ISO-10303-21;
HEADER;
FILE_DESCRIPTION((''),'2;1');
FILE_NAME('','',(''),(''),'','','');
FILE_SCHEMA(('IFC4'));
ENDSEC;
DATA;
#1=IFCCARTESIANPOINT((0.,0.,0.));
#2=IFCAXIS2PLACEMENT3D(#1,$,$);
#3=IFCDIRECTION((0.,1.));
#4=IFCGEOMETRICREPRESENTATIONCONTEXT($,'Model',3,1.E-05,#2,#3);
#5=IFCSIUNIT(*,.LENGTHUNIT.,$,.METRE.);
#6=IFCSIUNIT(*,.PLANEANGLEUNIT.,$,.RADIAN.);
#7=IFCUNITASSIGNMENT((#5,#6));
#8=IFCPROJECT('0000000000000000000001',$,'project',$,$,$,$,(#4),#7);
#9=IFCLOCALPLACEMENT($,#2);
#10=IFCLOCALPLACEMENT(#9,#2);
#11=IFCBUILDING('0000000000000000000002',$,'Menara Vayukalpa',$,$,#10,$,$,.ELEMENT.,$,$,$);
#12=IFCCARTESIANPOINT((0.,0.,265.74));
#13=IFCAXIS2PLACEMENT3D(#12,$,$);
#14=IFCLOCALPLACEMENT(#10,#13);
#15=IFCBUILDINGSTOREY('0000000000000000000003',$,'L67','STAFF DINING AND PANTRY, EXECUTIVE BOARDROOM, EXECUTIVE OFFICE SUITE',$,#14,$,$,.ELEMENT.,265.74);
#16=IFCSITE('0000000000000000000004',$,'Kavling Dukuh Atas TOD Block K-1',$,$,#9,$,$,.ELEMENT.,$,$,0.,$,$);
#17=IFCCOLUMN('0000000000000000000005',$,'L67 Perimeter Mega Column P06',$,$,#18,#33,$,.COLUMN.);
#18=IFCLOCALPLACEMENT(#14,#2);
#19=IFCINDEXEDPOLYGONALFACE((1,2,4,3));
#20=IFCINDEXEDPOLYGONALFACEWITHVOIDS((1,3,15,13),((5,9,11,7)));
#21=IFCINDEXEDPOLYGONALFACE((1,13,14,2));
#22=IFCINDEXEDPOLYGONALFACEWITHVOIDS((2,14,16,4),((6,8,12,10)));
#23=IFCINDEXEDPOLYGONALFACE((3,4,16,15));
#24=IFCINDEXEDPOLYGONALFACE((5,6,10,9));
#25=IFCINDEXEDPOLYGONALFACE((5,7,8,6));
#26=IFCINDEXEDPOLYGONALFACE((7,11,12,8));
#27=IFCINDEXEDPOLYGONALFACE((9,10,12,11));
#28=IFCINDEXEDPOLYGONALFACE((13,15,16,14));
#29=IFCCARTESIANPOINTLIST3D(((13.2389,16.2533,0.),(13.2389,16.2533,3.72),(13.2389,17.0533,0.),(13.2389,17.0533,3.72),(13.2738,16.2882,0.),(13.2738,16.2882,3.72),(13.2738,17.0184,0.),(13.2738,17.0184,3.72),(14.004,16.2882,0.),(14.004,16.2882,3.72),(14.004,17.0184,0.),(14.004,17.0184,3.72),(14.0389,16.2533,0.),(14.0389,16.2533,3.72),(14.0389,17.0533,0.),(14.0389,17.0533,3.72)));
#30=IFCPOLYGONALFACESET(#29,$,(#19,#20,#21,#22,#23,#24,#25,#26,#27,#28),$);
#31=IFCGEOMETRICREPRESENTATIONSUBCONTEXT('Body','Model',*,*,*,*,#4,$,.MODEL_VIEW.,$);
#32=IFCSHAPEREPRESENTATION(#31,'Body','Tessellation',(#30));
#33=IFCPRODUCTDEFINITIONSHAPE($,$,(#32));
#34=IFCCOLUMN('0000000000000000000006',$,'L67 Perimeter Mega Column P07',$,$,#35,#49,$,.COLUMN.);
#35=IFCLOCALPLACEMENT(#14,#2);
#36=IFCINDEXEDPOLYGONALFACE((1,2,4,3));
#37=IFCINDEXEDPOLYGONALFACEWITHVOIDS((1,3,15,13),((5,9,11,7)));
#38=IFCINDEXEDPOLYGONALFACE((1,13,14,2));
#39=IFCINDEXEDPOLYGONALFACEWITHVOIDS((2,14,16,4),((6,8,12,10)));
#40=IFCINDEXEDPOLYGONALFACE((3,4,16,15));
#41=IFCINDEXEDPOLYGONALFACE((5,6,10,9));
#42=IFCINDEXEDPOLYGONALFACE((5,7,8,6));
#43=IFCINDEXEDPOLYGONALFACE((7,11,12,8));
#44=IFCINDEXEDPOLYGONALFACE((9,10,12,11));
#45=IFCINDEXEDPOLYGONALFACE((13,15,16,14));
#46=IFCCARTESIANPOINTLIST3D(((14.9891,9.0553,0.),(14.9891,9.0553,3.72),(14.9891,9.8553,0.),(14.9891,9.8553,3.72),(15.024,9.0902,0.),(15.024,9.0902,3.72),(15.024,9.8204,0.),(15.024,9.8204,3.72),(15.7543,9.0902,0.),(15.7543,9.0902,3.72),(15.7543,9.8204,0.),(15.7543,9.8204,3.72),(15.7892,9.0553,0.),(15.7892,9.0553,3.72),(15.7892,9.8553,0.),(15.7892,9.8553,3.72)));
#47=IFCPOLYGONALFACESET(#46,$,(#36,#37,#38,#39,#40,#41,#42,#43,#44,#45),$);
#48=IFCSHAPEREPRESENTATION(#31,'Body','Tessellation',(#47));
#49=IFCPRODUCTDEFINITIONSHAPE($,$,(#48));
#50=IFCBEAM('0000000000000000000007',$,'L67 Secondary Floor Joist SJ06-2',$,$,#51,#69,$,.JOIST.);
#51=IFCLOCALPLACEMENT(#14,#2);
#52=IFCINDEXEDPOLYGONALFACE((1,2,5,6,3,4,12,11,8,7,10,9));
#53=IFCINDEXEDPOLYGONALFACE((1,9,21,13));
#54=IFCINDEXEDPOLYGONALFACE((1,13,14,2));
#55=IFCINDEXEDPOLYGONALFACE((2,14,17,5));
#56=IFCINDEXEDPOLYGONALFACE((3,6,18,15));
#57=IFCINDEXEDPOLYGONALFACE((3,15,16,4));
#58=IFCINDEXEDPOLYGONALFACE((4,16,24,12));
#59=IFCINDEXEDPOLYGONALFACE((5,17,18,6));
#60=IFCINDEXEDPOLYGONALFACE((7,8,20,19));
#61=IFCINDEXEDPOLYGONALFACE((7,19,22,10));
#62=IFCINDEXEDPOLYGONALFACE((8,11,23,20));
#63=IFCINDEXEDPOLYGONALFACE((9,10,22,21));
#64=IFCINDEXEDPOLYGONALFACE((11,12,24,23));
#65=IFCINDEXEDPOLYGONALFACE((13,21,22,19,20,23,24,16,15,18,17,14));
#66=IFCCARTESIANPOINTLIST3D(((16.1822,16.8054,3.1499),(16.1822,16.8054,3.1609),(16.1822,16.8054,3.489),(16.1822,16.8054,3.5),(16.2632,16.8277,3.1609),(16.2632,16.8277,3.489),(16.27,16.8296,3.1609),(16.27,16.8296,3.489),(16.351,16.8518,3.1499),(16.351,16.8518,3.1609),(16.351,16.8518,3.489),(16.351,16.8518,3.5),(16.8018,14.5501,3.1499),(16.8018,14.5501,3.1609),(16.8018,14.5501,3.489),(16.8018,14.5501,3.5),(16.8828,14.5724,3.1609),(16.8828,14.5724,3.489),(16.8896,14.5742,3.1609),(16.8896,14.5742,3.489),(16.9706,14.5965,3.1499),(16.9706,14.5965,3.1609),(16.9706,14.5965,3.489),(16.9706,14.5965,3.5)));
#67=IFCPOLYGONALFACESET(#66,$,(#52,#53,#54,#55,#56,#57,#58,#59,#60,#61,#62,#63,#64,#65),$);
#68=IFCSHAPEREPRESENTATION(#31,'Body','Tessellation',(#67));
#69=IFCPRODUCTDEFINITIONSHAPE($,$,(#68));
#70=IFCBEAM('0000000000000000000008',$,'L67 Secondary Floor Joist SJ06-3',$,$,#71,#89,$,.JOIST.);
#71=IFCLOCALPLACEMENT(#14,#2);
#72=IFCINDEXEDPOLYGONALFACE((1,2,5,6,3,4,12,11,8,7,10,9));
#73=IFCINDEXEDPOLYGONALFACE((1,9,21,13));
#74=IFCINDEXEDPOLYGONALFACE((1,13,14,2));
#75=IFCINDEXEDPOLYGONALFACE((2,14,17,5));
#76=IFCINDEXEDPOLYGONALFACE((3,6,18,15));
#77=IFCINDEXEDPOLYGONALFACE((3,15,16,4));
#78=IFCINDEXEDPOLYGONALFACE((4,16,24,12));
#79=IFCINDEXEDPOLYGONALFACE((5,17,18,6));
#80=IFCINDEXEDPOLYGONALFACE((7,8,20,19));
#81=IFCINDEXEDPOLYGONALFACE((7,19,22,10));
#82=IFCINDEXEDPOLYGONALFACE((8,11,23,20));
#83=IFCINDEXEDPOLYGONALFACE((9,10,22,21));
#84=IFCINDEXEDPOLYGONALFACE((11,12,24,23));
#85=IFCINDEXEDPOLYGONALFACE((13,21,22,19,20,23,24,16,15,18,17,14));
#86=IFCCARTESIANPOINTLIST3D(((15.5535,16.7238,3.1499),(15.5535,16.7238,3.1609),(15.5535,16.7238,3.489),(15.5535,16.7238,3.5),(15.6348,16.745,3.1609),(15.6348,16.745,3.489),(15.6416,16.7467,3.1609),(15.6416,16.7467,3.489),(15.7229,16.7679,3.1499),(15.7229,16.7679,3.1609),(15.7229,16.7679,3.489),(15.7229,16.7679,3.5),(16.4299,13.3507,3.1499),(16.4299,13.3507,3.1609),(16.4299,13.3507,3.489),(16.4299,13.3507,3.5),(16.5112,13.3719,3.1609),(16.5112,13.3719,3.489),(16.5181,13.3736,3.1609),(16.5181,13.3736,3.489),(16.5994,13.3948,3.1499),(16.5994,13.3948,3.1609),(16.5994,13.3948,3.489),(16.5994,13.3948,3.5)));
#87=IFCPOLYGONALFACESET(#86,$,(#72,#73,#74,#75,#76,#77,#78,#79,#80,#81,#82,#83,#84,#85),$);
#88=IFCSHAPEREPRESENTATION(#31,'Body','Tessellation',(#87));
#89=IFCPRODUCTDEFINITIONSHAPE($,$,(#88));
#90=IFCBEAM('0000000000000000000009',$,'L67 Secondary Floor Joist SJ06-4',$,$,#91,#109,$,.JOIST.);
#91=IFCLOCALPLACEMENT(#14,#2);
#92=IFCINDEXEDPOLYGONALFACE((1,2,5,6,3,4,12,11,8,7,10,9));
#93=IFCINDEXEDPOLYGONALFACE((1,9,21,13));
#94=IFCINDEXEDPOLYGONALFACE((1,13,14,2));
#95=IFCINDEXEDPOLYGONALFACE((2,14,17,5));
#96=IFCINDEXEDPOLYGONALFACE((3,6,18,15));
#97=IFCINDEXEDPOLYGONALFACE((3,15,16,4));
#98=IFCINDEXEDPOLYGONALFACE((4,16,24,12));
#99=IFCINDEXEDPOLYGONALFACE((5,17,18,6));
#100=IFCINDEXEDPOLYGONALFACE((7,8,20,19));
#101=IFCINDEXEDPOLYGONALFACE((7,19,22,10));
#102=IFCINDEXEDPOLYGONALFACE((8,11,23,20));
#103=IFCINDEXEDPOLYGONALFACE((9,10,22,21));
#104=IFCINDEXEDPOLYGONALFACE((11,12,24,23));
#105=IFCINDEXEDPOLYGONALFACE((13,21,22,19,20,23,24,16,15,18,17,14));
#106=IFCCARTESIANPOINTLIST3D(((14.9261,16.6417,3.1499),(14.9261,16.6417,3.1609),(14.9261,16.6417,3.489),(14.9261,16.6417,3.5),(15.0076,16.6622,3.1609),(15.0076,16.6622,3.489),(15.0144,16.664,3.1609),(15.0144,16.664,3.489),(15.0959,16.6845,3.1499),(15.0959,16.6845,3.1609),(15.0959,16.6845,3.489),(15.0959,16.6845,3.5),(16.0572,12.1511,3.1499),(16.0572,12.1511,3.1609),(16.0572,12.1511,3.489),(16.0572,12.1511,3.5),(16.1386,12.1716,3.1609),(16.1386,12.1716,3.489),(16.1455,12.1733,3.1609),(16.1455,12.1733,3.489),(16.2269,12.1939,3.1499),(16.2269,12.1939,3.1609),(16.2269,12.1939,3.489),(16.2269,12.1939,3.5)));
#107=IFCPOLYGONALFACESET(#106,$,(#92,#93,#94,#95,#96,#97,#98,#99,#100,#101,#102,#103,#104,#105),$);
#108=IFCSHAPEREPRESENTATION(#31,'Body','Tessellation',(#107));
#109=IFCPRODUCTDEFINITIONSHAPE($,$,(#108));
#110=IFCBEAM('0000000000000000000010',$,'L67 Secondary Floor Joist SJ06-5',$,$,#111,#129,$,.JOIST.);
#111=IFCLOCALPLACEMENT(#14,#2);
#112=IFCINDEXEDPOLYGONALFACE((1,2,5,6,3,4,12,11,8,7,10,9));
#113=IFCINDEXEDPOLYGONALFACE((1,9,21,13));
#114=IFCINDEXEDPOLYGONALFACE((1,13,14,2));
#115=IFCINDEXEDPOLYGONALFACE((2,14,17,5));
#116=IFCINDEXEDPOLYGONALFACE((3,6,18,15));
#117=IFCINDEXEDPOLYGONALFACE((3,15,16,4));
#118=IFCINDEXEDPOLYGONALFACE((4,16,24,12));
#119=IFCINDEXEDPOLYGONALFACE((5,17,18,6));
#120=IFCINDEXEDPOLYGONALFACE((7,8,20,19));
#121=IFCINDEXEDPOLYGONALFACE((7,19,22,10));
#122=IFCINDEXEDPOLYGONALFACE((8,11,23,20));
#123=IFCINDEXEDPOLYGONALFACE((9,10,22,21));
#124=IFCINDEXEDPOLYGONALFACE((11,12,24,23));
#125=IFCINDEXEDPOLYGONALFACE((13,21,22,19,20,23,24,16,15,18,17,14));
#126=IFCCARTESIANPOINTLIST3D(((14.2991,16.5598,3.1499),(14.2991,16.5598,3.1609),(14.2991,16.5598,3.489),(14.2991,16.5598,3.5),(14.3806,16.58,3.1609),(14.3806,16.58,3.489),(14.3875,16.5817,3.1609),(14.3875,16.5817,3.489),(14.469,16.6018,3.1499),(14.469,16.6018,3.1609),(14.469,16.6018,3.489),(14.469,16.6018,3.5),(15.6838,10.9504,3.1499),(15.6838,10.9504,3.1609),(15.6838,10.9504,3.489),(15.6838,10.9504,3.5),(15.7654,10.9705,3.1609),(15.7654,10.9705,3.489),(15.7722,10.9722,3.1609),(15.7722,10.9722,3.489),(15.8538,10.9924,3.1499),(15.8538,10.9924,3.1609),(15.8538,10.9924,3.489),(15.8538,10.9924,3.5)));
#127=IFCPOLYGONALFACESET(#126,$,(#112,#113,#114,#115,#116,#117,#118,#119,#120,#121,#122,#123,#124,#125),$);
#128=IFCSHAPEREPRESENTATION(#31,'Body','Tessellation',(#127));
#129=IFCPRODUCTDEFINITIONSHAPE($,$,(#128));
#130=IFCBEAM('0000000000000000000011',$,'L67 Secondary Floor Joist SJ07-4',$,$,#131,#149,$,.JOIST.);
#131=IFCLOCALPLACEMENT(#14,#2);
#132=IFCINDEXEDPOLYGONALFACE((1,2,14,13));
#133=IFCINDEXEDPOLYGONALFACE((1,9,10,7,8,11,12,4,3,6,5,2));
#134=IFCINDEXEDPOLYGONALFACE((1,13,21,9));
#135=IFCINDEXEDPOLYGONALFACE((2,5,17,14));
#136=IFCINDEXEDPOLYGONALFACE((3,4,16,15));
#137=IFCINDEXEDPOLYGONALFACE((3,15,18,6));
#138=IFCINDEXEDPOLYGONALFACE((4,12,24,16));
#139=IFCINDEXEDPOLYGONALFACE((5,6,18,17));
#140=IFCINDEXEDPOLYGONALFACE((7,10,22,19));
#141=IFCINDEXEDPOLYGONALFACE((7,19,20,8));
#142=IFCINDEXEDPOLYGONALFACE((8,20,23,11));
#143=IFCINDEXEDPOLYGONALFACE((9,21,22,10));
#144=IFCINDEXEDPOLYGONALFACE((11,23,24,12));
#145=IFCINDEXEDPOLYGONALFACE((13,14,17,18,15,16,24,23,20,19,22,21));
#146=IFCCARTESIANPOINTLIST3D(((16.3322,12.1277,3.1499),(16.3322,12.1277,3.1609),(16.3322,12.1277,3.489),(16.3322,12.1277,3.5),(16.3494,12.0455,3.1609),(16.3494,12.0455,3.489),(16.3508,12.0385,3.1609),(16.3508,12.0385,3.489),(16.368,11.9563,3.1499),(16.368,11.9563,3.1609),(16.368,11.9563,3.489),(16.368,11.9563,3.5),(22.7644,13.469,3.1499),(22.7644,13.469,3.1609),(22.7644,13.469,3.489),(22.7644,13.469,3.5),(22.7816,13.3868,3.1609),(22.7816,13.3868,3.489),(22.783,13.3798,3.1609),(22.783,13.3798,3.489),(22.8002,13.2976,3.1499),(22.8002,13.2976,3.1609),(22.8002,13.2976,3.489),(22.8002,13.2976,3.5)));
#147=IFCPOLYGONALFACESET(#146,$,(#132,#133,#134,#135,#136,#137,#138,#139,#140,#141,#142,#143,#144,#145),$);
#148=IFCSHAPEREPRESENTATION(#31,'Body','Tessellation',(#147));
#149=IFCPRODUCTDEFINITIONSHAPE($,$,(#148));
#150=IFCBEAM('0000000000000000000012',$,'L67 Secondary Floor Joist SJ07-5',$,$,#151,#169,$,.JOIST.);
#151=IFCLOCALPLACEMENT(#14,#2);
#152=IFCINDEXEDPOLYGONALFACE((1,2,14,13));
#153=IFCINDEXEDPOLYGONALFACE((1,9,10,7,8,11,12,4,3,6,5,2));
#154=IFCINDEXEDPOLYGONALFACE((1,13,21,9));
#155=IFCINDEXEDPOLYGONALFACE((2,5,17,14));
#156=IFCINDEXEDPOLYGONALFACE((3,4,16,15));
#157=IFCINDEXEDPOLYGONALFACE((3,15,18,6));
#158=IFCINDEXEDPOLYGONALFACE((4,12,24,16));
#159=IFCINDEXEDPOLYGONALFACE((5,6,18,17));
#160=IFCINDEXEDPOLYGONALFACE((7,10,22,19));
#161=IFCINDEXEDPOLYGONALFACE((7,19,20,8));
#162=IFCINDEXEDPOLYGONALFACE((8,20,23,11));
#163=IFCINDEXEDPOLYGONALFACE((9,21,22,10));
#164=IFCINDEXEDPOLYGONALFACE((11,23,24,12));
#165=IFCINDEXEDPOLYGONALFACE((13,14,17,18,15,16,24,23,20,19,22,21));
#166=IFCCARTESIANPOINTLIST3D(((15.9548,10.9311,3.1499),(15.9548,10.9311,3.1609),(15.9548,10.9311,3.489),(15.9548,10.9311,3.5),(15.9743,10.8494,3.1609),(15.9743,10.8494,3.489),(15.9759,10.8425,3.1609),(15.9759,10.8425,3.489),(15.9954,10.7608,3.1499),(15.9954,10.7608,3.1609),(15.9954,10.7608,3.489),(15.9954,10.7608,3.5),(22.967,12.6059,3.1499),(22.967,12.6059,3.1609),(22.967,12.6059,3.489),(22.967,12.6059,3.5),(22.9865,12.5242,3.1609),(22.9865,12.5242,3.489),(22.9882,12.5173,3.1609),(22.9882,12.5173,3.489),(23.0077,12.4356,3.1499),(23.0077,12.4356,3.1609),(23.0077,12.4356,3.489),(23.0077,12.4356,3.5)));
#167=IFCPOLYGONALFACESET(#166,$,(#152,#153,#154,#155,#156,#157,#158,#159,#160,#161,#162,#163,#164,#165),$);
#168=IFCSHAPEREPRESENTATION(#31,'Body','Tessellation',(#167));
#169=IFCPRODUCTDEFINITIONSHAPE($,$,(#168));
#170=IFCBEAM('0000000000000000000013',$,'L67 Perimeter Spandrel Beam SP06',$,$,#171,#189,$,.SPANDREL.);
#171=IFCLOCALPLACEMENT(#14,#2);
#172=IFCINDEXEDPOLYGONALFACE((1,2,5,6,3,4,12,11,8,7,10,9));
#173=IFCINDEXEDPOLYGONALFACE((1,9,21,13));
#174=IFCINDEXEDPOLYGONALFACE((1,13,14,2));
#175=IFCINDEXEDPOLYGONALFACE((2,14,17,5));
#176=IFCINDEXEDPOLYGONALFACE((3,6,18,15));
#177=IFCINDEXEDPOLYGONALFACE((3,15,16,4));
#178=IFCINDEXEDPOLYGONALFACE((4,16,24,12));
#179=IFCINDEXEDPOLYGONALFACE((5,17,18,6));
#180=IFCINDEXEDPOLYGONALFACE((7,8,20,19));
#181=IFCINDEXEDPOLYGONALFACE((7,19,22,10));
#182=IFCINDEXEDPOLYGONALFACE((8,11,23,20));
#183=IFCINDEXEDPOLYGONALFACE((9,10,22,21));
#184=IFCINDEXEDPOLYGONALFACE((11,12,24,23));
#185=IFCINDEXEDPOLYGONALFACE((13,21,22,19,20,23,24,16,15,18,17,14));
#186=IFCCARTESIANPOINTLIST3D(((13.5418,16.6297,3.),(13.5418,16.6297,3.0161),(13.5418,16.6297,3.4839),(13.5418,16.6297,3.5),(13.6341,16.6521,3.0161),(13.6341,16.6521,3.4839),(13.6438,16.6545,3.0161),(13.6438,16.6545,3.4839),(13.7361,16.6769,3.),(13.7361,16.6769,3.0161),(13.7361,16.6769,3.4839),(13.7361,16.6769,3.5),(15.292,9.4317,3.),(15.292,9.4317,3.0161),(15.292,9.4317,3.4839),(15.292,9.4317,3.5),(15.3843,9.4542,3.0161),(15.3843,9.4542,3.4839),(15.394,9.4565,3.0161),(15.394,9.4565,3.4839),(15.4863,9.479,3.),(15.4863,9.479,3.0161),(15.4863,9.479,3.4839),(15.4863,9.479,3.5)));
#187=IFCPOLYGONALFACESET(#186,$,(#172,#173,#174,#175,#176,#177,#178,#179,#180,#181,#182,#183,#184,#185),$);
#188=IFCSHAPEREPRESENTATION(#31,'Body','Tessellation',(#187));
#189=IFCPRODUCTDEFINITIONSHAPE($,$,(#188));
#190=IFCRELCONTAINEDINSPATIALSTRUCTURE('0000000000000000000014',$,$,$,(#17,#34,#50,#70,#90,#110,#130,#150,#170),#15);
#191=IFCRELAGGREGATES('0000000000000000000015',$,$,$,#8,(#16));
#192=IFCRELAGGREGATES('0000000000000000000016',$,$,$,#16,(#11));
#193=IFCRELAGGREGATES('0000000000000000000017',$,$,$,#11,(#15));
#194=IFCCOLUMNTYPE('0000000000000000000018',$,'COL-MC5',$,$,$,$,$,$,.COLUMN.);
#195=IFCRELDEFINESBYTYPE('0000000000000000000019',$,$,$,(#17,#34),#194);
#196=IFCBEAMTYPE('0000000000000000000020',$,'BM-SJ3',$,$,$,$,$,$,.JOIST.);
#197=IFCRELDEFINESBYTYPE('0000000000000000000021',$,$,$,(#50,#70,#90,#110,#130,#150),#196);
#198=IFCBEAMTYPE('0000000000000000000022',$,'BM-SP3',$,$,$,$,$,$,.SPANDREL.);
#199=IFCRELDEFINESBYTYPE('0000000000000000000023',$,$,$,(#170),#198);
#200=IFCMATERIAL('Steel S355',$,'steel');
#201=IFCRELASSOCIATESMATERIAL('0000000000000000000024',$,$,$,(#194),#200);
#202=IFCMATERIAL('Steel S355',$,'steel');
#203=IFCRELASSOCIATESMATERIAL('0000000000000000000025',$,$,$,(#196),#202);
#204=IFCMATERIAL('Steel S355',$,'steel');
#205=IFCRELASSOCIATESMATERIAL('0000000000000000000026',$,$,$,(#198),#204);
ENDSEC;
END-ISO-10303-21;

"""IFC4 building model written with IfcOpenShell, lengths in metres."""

from ifc_helpers import new_model, si_unit, direction, frame, origin, origin_2d, place, context, subcontext, project, spatial, hollow_rectangle, i_section, extrude, material, material_profile, profile_set, type_object, element, save


model = new_model("IFC4")

# Units and contexts
model_context = context("Model", 3, precision=1e-05, world=origin(), true_north=direction((0.0, 1.0)))
body_context = subcontext(model_context, "Body", "Model", "MODEL_VIEW")
ifc_project = project(units=[si_unit("LENGTHUNIT", "METRE"), si_unit("PLANEANGLEUNIT", "RADIAN")], contexts=[model_context])

# Site, building, storey
site_placement = place(None, origin())
site = spatial("IfcSite", under=ifc_project, at=site_placement, Name="Kavling Dukuh Atas TOD Block K-1", CompositionType="ELEMENT", RefElevation=0.0)
building_placement = place(site_placement, origin())
building = spatial("IfcBuilding", under=site, at=building_placement, Name="Menara Vayukalpa", CompositionType="ELEMENT")
storey_placement = place(building_placement, frame((0.0, 0.0, 265.74)))
storey = spatial("IfcBuildingStorey", under=building, at=storey_placement, Name="L67", Description="STAFF DINING AND PANTRY, EXECUTIVE BOARDROOM, EXECUTIVE OFFICE SUITE", CompositionType="ELEMENT", Elevation=265.74)

# Columns
ifc_material_1 = material(Name="Steel S355", Category="steel")
ifc_material_profile_1 = material_profile(ifc_material_1, hollow_rectangle(XDim=0.8, YDim=0.8, WallThickness=0.0349, at=origin_2d()), Name="BOX 800x800x35")
ifc_profile_set_1 = profile_set([ifc_material_profile_1], Name="Steel S355")
column_type = type_object("IfcColumnType", Name="COL-MC5", PredefinedType="COLUMN", material=ifc_profile_set_1)
for number, where, z_axis, x_axis, name in (
    (1, (13.6389, 16.6533, 0.0), (0.0, 0.0, 1.0), (1.0, 0.0, 0.0), "L67 Perimeter Mega Column P06"),
    (2, (15.3892, 9.4553, 0.0), (0.0, 0.0, 1.0), (1.0, 0.0, 0.0), "L67 Perimeter Mega Column P07"),
):
    element("IfcColumn", number, at=place(storey_placement, frame(where, z_axis=z_axis, x_axis=x_axis)), inside=storey, type_object=column_type, Name=name, PredefinedType="COLUMN", context=body_context, shape_type="SweptSolid", body=[
        extrude(hollow_rectangle(XDim=0.8, YDim=0.8, WallThickness=0.0349, at=origin_2d()), origin(), (0.0, 0.0, 1.0), 3.72),
    ])

# Beams
ifc_material_2 = material(Name="Steel S355", Category="steel")
ifc_material_profile_2 = material_profile(ifc_material_2, i_section(OverallWidth=0.175, OverallDepth=0.3501, WebThickness=0.0071, FlangeThickness=0.011, at=origin_2d()), Name="WF 350x175x7x11")
ifc_profile_set_2 = profile_set([ifc_material_profile_2], Name="Steel S355")
beam_type_1 = type_object("IfcBeamType", Name="BM-SJ3", PredefinedType="JOIST", material=ifc_profile_set_2)
beam_1_placement = place(storey_placement, frame((16.2666, 16.8286, 3.325), z_axis=(0.264919, -0.964271, 0.0), x_axis=(0.964271, 0.264919, 0.0)))
element("IfcBeam", 3, at=beam_1_placement, inside=storey, type_object=beam_type_1, Name="L67 Secondary Floor Joist SJ06-2", PredefinedType="JOIST", context=body_context, shape_type="SweptSolid", body=[
    extrude(i_section(OverallWidth=0.175, OverallDepth=0.3501, WebThickness=0.0071, FlangeThickness=0.011, at=origin_2d()), origin(), (0.0, 0.0, 1.0), 2.3389),
])
beam_2_placement = place(storey_placement, frame((15.6382, 16.7458, 3.325), z_axis=(0.251492, -0.967859, 0.0), x_axis=(0.967859, 0.251492, 0.0)))
element("IfcBeam", 4, at=beam_2_placement, inside=storey, type_object=beam_type_1, Name="L67 Secondary Floor Joist SJ06-3", PredefinedType="JOIST", context=body_context, shape_type="SweptSolid", body=[
    extrude(i_section(OverallWidth=0.175, OverallDepth=0.3501, WebThickness=0.0071, FlangeThickness=0.011, at=origin_2d()), origin(), (0.0, 0.0, 1.0), 3.4851),
])
beam_3_placement = place(storey_placement, frame((15.011, 16.6631, 3.325), z_axis=(0.244247, -0.969713, 0.0), x_axis=(0.969713, 0.244247, 0.0)))
element("IfcBeam", 5, at=beam_3_placement, inside=storey, type_object=beam_type_1, Name="L67 Secondary Floor Joist SJ06-4", PredefinedType="JOIST", context=body_context, shape_type="SweptSolid", body=[
    extrude(i_section(OverallWidth=0.175, OverallDepth=0.3501, WebThickness=0.0071, FlangeThickness=0.011, at=origin_2d()), origin(), (0.0, 0.0, 1.0), 4.6309),
])
beam_4_placement = place(storey_placement, frame((14.384, 16.5808, 3.325), z_axis=(0.239671, -0.970854, 0.0), x_axis=(0.970854, 0.239671, 0.0)))
element("IfcBeam", 6, at=beam_4_placement, inside=storey, type_object=beam_type_1, Name="L67 Secondary Floor Joist SJ06-5", PredefinedType="JOIST", context=body_context, shape_type="SweptSolid", body=[
    extrude(i_section(OverallWidth=0.175, OverallDepth=0.3501, WebThickness=0.0071, FlangeThickness=0.011, at=origin_2d()), origin(), (0.0, 0.0, 1.0), 5.7778),
])
beam_5_placement = place(storey_placement, frame((16.3501, 12.042, 3.325), z_axis=(0.978941, 0.204141, 0.0), x_axis=(-0.204141, 0.978941, 0.0)))
element("IfcBeam", 7, at=beam_5_placement, inside=storey, type_object=beam_type_1, Name="L67 Secondary Floor Joist SJ07-4", PredefinedType="JOIST", context=body_context, shape_type="SweptSolid", body=[
    extrude(i_section(OverallWidth=0.175, OverallDepth=0.3501, WebThickness=0.0071, FlangeThickness=0.011, at=origin_2d()), origin(), (0.0, 0.0, 1.0), 6.5706),
])
beam_6_placement = place(storey_placement, frame((15.9751, 10.8459, 3.325), z_axis=(0.972642, 0.232307, 0.0), x_axis=(-0.232307, 0.972642, 0.0)))
element("IfcBeam", 8, at=beam_6_placement, inside=storey, type_object=beam_type_1, Name="L67 Secondary Floor Joist SJ07-5", PredefinedType="JOIST", context=body_context, shape_type="SweptSolid", body=[
    extrude(i_section(OverallWidth=0.175, OverallDepth=0.3501, WebThickness=0.0071, FlangeThickness=0.011, at=origin_2d()), origin(), (0.0, 0.0, 1.0), 7.2095),
])
ifc_material_3 = material(Name="Steel S355", Category="steel")
ifc_material_profile_3 = material_profile(ifc_material_3, i_section(OverallWidth=0.2, OverallDepth=0.5, WebThickness=0.01, FlangeThickness=0.0161, at=origin_2d()), Name="WF 500x200x10x16")
ifc_profile_set_3 = profile_set([ifc_material_profile_3], Name="Steel S355")
beam_type_2 = type_object("IfcBeamType", Name="BM-SP3", PredefinedType="SPANDREL", material=ifc_profile_set_3)
beam_7_placement = place(storey_placement, frame((13.6389, 16.6533, 3.25), z_axis=(0.236273, -0.971687, 0.0), x_axis=(0.971687, 0.236273, 0.0)))
element("IfcBeam", 9, at=beam_7_placement, inside=storey, type_object=beam_type_2, Name="L67 Perimeter Spandrel Beam SP06", PredefinedType="SPANDREL", context=body_context, shape_type="SweptSolid", body=[
    extrude(i_section(OverallWidth=0.2, OverallDepth=0.5, WebThickness=0.01, FlangeThickness=0.0161, at=origin_2d()), origin(), (0.0, 0.0, 1.0), 7.4077),
])

save(model, "model.ifc")
